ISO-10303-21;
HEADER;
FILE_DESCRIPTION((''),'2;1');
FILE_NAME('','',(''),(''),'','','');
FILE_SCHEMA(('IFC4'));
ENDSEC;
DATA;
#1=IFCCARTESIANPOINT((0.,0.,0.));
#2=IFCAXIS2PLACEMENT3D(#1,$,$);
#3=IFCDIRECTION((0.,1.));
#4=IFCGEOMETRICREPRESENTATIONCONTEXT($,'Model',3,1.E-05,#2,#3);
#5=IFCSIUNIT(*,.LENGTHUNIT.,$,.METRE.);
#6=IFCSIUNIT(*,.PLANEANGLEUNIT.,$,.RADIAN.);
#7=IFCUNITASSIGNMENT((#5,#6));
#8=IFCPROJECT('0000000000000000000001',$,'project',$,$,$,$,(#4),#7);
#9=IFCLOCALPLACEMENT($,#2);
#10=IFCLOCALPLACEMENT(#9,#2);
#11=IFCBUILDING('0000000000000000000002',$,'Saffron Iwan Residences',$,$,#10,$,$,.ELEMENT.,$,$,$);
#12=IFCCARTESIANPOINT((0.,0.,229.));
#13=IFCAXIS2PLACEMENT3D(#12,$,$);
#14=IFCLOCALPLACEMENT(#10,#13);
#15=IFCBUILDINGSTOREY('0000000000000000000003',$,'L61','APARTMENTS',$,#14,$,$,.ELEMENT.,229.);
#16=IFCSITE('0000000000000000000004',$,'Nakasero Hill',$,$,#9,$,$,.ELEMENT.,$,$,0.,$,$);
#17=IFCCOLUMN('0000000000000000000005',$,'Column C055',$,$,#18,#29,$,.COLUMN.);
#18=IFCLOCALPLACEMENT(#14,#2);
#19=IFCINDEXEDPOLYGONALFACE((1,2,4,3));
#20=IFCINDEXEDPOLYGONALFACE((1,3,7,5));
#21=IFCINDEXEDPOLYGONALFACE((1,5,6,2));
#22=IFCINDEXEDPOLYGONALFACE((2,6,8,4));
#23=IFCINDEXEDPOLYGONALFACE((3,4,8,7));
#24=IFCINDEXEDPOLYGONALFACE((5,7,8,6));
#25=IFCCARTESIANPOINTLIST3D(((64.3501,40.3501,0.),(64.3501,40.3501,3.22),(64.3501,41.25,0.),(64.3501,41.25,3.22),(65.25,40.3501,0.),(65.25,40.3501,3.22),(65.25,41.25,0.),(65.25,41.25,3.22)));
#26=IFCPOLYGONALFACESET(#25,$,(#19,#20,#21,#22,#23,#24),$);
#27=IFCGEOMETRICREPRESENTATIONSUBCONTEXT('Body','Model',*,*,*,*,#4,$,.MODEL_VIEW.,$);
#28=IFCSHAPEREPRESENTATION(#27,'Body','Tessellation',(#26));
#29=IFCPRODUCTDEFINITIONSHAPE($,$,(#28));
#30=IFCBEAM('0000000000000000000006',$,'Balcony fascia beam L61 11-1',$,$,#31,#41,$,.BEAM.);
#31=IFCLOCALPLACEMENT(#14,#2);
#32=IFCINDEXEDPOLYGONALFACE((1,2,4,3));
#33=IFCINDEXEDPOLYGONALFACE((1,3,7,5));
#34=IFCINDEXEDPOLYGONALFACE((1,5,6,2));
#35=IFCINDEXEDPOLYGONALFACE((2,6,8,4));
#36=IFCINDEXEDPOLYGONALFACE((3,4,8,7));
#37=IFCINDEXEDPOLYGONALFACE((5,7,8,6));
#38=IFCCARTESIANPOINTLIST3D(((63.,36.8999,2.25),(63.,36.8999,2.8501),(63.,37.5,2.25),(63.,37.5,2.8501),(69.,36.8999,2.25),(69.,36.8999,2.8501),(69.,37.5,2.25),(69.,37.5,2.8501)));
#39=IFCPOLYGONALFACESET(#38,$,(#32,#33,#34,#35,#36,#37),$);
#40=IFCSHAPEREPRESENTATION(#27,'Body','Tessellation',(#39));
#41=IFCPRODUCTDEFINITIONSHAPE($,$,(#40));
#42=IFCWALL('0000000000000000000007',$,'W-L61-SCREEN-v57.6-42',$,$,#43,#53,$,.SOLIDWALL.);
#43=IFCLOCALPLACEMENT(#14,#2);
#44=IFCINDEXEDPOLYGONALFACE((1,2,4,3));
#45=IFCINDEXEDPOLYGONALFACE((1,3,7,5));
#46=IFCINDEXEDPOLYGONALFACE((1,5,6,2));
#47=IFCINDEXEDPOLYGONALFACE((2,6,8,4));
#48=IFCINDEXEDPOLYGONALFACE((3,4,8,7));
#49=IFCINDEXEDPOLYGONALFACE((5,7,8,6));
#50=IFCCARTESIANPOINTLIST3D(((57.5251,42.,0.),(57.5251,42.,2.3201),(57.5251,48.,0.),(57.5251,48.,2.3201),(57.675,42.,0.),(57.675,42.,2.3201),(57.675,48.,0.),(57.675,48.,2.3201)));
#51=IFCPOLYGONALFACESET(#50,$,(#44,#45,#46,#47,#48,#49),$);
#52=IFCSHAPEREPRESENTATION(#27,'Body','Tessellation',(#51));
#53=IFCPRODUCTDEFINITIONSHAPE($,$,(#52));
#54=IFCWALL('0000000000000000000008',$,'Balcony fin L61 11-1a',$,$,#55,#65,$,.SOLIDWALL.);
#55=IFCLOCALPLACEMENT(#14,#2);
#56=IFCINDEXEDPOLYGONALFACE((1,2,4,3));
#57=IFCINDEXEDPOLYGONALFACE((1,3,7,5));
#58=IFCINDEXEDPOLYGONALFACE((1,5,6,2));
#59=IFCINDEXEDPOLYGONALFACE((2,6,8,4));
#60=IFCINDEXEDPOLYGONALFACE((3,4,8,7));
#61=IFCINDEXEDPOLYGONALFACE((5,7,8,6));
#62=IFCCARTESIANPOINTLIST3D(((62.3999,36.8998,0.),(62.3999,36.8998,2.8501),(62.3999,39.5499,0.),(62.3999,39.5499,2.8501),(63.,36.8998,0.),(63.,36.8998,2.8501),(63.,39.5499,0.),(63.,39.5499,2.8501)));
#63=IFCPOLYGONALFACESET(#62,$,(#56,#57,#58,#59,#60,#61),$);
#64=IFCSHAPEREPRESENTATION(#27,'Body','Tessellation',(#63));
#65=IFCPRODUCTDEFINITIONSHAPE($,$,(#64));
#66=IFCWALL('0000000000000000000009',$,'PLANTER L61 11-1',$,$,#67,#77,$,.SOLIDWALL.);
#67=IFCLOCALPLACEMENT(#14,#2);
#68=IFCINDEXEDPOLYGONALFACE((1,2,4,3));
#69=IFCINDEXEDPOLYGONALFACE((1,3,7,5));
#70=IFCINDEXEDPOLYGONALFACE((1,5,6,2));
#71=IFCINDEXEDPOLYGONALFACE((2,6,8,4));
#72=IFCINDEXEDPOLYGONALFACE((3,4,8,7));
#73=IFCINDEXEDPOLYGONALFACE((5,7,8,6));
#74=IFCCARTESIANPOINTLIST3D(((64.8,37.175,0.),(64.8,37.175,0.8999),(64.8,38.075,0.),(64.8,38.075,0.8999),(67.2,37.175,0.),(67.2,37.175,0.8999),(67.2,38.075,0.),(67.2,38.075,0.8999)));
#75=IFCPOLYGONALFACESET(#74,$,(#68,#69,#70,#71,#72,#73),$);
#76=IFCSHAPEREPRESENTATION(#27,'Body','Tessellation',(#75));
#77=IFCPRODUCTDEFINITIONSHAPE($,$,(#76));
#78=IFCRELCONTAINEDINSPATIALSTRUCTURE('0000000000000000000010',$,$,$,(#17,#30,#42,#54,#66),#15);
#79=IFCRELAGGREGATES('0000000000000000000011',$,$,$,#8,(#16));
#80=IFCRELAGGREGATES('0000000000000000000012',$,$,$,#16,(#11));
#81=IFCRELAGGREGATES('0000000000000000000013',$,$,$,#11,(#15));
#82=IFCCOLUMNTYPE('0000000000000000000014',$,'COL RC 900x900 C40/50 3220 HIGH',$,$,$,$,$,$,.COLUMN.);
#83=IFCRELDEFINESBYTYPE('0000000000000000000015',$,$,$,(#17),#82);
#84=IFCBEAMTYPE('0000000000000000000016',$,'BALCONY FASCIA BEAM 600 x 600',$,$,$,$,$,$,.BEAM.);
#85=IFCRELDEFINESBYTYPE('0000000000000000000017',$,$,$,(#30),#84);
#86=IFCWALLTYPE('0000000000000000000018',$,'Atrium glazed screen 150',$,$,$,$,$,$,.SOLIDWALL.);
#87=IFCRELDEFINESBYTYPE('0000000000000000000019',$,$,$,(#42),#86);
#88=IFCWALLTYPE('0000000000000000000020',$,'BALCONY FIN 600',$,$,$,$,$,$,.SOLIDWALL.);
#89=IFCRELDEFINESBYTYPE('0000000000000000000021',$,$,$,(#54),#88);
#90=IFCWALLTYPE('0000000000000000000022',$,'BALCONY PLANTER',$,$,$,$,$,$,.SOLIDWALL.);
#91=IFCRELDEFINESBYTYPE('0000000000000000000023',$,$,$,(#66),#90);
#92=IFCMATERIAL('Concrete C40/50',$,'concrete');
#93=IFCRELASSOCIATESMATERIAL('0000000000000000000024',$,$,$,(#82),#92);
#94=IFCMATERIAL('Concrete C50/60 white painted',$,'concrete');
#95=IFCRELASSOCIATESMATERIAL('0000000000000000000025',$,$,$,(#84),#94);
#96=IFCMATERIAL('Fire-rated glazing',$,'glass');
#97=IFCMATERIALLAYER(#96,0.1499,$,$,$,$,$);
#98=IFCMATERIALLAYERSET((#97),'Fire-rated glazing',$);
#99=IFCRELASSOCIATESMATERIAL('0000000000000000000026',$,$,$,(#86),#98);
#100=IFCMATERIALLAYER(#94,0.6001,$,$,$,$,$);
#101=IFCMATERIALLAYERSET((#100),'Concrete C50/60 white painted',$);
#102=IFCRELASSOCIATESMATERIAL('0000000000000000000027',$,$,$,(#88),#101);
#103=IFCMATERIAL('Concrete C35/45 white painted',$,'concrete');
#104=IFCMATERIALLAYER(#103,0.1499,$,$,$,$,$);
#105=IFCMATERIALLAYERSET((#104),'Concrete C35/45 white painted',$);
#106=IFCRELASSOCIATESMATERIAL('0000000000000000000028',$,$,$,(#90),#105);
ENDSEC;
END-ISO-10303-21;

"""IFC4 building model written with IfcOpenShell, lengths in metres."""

from ifc_helpers import new_model, si_unit, direction, frame, frame_2d, origin, origin_2d, place, context, subcontext, project, spatial, rectangle, extrude, source, transform, mapped, material, layer, layer_set, material_profile, profile_set, type_object, element, save


model = new_model("IFC4")

# Units and contexts
model_context = context("Model", 3, precision=1e-05, world=origin(), true_north=direction((0.0, 1.0)))
body_context = subcontext(model_context, "Body", "Model", "MODEL_VIEW")
ifc_project = project(units=[si_unit("LENGTHUNIT", "METRE"), si_unit("PLANEANGLEUNIT", "RADIAN")], contexts=[model_context])

# Site, building, storey
site_placement = place(None, origin())
site = spatial("IfcSite", under=ifc_project, at=site_placement, Name="Nakasero Hill", CompositionType="ELEMENT", RefElevation=0.0)
building_placement = place(site_placement, origin())
building = spatial("IfcBuilding", under=site, at=building_placement, Name="Saffron Iwan Residences", CompositionType="ELEMENT")
storey_placement = place(building_placement, frame((0.0, 0.0, 229.0)))
storey = spatial("IfcBuildingStorey", under=building, at=storey_placement, Name="L61", Description="APARTMENTS", CompositionType="ELEMENT", Elevation=229.0)

# Column
ifc_material_1 = material(Name="Concrete C40/50", Category="concrete")
ifc_material_profile_1 = material_profile(ifc_material_1, rectangle(XDim=0.8999, YDim=0.8999, at=origin_2d()), Name="RC 900x900")
ifc_profile_set_1 = profile_set([ifc_material_profile_1], Name="Concrete C40/50")
column_type = type_object("IfcColumnType", Name="COL RC 900x900 C40/50 3220 HIGH", PredefinedType="COLUMN", material=ifc_profile_set_1)
shared_shape_1 = source(origin(), body_context, "Body", "SweptSolid", [
    extrude(rectangle(XDim=0.8999, YDim=0.8999, at=origin_2d()), origin(), (0.0, 0.0, 1.0), 3.22),
])
column_placement = place(storey_placement, frame((64.8, 40.8, 0.0), z_axis=(0.0, 0.0, 1.0), x_axis=(1.0, 0.0, 0.0)))
element("IfcColumn", 1, at=column_placement, inside=storey, type_object=column_type, Name="Column C055", PredefinedType="COLUMN", context=body_context, shape_type="MappedRepresentation", body=[
    mapped(shared_shape_1, transform((0.0, 0.0, 0.0))),
])

# Beam
ifc_material_2 = material(Name="Concrete C50/60 white painted", Category="concrete")
ifc_material_profile_2 = material_profile(ifc_material_2, rectangle(XDim=0.6001, YDim=0.6001, at=origin_2d()), Name="BALCONY FASCIA BEAM 600 x 600")
ifc_profile_set_2 = profile_set([ifc_material_profile_2], Name="Concrete C50/60 white painted")
beam_type = type_object("IfcBeamType", Name="BALCONY FASCIA BEAM 600 x 600", PredefinedType="BEAM", material=ifc_profile_set_2)
shared_shape_2 = source(origin(), body_context, "Body", "SweptSolid", [
    extrude(rectangle(XDim=0.6001, YDim=0.6001, at=origin_2d()), origin(), (0.0, 0.0, 1.0), 6.0),
])
beam_placement = place(storey_placement, frame((63.0, 37.2, 2.55), z_axis=(1.0, 0.0, 0.0), x_axis=(0.0, 1.0, 0.0)))
element("IfcBeam", 2, at=beam_placement, inside=storey, type_object=beam_type, Name="Balcony fascia beam L61 11-1", PredefinedType="BEAM", context=body_context, shape_type="MappedRepresentation", body=[
    mapped(shared_shape_2, transform((0.0, 0.0, 0.0))),
])

# Walls
ifc_material_3 = material(Name="Fire-rated glazing", Category="glass")
ifc_layer_1 = layer(ifc_material_3, 0.1499)
ifc_layer_set_1 = layer_set([ifc_layer_1], Name="Fire-rated glazing")
wall_type_1 = type_object("IfcWallType", Name="Atrium glazed screen 150", PredefinedType="SOLIDWALL", material=ifc_layer_set_1)
wall_1_placement = place(storey_placement, frame((57.6001, 42.0, 0.0), z_axis=(0.0, 0.0, 1.0), x_axis=(0.0, 1.0, 0.0)))
element("IfcWall", 3, at=wall_1_placement, inside=storey, type_object=wall_type_1, Name="W-L61-SCREEN-v57.6-42", PredefinedType="SOLIDWALL", context=body_context, shape_type="SweptSolid", body=[
    extrude(rectangle(XDim=6.0, YDim=0.1499, at=frame_2d((3.0, 0.0))), origin(), (0.0, 0.0, 1.0), 2.3201),
])
ifc_layer_2 = layer(ifc_material_2, 0.6001)
ifc_layer_set_2 = layer_set([ifc_layer_2], Name="Concrete C50/60 white painted")
wall_type_2 = type_object("IfcWallType", Name="BALCONY FIN 600", PredefinedType="SOLIDWALL", material=ifc_layer_set_2)
wall_2_placement = place(storey_placement, frame((62.7, 39.55, 0.0), z_axis=(0.0, 0.0, 1.0), x_axis=(0.0, -1.0, 0.0)))
element("IfcWall", 4, at=wall_2_placement, inside=storey, type_object=wall_type_2, Name="Balcony fin L61 11-1a", PredefinedType="SOLIDWALL", context=body_context, shape_type="SweptSolid", body=[
    extrude(rectangle(XDim=2.6501, YDim=0.6001, at=frame_2d((1.3252, 0.0))), origin(), (0.0, 0.0, 1.0), 2.8501),
])
ifc_material_4 = material(Name="Concrete C35/45 white painted", Category="concrete")
ifc_layer_3 = layer(ifc_material_4, 0.1499)
ifc_layer_set_3 = layer_set([ifc_layer_3], Name="Concrete C35/45 white painted")
wall_type_3 = type_object("IfcWallType", Name="BALCONY PLANTER", PredefinedType="SOLIDWALL", material=ifc_layer_set_3)
wall_3_placement = place(storey_placement, frame((64.8, 37.625, 0.0), z_axis=(0.0, 0.0, 1.0), x_axis=(1.0, 0.0, 0.0)))
element("IfcWall", 5, at=wall_3_placement, inside=storey, type_object=wall_type_3, Name="PLANTER L61 11-1", PredefinedType="SOLIDWALL", context=body_context, shape_type="SweptSolid", body=[
    extrude(rectangle(XDim=2.3999, YDim=0.8999, at=frame_2d((1.2, 0.0))), origin(), (0.0, 0.0, 1.0), 0.8999),
])

save(model, "model.ifc")
